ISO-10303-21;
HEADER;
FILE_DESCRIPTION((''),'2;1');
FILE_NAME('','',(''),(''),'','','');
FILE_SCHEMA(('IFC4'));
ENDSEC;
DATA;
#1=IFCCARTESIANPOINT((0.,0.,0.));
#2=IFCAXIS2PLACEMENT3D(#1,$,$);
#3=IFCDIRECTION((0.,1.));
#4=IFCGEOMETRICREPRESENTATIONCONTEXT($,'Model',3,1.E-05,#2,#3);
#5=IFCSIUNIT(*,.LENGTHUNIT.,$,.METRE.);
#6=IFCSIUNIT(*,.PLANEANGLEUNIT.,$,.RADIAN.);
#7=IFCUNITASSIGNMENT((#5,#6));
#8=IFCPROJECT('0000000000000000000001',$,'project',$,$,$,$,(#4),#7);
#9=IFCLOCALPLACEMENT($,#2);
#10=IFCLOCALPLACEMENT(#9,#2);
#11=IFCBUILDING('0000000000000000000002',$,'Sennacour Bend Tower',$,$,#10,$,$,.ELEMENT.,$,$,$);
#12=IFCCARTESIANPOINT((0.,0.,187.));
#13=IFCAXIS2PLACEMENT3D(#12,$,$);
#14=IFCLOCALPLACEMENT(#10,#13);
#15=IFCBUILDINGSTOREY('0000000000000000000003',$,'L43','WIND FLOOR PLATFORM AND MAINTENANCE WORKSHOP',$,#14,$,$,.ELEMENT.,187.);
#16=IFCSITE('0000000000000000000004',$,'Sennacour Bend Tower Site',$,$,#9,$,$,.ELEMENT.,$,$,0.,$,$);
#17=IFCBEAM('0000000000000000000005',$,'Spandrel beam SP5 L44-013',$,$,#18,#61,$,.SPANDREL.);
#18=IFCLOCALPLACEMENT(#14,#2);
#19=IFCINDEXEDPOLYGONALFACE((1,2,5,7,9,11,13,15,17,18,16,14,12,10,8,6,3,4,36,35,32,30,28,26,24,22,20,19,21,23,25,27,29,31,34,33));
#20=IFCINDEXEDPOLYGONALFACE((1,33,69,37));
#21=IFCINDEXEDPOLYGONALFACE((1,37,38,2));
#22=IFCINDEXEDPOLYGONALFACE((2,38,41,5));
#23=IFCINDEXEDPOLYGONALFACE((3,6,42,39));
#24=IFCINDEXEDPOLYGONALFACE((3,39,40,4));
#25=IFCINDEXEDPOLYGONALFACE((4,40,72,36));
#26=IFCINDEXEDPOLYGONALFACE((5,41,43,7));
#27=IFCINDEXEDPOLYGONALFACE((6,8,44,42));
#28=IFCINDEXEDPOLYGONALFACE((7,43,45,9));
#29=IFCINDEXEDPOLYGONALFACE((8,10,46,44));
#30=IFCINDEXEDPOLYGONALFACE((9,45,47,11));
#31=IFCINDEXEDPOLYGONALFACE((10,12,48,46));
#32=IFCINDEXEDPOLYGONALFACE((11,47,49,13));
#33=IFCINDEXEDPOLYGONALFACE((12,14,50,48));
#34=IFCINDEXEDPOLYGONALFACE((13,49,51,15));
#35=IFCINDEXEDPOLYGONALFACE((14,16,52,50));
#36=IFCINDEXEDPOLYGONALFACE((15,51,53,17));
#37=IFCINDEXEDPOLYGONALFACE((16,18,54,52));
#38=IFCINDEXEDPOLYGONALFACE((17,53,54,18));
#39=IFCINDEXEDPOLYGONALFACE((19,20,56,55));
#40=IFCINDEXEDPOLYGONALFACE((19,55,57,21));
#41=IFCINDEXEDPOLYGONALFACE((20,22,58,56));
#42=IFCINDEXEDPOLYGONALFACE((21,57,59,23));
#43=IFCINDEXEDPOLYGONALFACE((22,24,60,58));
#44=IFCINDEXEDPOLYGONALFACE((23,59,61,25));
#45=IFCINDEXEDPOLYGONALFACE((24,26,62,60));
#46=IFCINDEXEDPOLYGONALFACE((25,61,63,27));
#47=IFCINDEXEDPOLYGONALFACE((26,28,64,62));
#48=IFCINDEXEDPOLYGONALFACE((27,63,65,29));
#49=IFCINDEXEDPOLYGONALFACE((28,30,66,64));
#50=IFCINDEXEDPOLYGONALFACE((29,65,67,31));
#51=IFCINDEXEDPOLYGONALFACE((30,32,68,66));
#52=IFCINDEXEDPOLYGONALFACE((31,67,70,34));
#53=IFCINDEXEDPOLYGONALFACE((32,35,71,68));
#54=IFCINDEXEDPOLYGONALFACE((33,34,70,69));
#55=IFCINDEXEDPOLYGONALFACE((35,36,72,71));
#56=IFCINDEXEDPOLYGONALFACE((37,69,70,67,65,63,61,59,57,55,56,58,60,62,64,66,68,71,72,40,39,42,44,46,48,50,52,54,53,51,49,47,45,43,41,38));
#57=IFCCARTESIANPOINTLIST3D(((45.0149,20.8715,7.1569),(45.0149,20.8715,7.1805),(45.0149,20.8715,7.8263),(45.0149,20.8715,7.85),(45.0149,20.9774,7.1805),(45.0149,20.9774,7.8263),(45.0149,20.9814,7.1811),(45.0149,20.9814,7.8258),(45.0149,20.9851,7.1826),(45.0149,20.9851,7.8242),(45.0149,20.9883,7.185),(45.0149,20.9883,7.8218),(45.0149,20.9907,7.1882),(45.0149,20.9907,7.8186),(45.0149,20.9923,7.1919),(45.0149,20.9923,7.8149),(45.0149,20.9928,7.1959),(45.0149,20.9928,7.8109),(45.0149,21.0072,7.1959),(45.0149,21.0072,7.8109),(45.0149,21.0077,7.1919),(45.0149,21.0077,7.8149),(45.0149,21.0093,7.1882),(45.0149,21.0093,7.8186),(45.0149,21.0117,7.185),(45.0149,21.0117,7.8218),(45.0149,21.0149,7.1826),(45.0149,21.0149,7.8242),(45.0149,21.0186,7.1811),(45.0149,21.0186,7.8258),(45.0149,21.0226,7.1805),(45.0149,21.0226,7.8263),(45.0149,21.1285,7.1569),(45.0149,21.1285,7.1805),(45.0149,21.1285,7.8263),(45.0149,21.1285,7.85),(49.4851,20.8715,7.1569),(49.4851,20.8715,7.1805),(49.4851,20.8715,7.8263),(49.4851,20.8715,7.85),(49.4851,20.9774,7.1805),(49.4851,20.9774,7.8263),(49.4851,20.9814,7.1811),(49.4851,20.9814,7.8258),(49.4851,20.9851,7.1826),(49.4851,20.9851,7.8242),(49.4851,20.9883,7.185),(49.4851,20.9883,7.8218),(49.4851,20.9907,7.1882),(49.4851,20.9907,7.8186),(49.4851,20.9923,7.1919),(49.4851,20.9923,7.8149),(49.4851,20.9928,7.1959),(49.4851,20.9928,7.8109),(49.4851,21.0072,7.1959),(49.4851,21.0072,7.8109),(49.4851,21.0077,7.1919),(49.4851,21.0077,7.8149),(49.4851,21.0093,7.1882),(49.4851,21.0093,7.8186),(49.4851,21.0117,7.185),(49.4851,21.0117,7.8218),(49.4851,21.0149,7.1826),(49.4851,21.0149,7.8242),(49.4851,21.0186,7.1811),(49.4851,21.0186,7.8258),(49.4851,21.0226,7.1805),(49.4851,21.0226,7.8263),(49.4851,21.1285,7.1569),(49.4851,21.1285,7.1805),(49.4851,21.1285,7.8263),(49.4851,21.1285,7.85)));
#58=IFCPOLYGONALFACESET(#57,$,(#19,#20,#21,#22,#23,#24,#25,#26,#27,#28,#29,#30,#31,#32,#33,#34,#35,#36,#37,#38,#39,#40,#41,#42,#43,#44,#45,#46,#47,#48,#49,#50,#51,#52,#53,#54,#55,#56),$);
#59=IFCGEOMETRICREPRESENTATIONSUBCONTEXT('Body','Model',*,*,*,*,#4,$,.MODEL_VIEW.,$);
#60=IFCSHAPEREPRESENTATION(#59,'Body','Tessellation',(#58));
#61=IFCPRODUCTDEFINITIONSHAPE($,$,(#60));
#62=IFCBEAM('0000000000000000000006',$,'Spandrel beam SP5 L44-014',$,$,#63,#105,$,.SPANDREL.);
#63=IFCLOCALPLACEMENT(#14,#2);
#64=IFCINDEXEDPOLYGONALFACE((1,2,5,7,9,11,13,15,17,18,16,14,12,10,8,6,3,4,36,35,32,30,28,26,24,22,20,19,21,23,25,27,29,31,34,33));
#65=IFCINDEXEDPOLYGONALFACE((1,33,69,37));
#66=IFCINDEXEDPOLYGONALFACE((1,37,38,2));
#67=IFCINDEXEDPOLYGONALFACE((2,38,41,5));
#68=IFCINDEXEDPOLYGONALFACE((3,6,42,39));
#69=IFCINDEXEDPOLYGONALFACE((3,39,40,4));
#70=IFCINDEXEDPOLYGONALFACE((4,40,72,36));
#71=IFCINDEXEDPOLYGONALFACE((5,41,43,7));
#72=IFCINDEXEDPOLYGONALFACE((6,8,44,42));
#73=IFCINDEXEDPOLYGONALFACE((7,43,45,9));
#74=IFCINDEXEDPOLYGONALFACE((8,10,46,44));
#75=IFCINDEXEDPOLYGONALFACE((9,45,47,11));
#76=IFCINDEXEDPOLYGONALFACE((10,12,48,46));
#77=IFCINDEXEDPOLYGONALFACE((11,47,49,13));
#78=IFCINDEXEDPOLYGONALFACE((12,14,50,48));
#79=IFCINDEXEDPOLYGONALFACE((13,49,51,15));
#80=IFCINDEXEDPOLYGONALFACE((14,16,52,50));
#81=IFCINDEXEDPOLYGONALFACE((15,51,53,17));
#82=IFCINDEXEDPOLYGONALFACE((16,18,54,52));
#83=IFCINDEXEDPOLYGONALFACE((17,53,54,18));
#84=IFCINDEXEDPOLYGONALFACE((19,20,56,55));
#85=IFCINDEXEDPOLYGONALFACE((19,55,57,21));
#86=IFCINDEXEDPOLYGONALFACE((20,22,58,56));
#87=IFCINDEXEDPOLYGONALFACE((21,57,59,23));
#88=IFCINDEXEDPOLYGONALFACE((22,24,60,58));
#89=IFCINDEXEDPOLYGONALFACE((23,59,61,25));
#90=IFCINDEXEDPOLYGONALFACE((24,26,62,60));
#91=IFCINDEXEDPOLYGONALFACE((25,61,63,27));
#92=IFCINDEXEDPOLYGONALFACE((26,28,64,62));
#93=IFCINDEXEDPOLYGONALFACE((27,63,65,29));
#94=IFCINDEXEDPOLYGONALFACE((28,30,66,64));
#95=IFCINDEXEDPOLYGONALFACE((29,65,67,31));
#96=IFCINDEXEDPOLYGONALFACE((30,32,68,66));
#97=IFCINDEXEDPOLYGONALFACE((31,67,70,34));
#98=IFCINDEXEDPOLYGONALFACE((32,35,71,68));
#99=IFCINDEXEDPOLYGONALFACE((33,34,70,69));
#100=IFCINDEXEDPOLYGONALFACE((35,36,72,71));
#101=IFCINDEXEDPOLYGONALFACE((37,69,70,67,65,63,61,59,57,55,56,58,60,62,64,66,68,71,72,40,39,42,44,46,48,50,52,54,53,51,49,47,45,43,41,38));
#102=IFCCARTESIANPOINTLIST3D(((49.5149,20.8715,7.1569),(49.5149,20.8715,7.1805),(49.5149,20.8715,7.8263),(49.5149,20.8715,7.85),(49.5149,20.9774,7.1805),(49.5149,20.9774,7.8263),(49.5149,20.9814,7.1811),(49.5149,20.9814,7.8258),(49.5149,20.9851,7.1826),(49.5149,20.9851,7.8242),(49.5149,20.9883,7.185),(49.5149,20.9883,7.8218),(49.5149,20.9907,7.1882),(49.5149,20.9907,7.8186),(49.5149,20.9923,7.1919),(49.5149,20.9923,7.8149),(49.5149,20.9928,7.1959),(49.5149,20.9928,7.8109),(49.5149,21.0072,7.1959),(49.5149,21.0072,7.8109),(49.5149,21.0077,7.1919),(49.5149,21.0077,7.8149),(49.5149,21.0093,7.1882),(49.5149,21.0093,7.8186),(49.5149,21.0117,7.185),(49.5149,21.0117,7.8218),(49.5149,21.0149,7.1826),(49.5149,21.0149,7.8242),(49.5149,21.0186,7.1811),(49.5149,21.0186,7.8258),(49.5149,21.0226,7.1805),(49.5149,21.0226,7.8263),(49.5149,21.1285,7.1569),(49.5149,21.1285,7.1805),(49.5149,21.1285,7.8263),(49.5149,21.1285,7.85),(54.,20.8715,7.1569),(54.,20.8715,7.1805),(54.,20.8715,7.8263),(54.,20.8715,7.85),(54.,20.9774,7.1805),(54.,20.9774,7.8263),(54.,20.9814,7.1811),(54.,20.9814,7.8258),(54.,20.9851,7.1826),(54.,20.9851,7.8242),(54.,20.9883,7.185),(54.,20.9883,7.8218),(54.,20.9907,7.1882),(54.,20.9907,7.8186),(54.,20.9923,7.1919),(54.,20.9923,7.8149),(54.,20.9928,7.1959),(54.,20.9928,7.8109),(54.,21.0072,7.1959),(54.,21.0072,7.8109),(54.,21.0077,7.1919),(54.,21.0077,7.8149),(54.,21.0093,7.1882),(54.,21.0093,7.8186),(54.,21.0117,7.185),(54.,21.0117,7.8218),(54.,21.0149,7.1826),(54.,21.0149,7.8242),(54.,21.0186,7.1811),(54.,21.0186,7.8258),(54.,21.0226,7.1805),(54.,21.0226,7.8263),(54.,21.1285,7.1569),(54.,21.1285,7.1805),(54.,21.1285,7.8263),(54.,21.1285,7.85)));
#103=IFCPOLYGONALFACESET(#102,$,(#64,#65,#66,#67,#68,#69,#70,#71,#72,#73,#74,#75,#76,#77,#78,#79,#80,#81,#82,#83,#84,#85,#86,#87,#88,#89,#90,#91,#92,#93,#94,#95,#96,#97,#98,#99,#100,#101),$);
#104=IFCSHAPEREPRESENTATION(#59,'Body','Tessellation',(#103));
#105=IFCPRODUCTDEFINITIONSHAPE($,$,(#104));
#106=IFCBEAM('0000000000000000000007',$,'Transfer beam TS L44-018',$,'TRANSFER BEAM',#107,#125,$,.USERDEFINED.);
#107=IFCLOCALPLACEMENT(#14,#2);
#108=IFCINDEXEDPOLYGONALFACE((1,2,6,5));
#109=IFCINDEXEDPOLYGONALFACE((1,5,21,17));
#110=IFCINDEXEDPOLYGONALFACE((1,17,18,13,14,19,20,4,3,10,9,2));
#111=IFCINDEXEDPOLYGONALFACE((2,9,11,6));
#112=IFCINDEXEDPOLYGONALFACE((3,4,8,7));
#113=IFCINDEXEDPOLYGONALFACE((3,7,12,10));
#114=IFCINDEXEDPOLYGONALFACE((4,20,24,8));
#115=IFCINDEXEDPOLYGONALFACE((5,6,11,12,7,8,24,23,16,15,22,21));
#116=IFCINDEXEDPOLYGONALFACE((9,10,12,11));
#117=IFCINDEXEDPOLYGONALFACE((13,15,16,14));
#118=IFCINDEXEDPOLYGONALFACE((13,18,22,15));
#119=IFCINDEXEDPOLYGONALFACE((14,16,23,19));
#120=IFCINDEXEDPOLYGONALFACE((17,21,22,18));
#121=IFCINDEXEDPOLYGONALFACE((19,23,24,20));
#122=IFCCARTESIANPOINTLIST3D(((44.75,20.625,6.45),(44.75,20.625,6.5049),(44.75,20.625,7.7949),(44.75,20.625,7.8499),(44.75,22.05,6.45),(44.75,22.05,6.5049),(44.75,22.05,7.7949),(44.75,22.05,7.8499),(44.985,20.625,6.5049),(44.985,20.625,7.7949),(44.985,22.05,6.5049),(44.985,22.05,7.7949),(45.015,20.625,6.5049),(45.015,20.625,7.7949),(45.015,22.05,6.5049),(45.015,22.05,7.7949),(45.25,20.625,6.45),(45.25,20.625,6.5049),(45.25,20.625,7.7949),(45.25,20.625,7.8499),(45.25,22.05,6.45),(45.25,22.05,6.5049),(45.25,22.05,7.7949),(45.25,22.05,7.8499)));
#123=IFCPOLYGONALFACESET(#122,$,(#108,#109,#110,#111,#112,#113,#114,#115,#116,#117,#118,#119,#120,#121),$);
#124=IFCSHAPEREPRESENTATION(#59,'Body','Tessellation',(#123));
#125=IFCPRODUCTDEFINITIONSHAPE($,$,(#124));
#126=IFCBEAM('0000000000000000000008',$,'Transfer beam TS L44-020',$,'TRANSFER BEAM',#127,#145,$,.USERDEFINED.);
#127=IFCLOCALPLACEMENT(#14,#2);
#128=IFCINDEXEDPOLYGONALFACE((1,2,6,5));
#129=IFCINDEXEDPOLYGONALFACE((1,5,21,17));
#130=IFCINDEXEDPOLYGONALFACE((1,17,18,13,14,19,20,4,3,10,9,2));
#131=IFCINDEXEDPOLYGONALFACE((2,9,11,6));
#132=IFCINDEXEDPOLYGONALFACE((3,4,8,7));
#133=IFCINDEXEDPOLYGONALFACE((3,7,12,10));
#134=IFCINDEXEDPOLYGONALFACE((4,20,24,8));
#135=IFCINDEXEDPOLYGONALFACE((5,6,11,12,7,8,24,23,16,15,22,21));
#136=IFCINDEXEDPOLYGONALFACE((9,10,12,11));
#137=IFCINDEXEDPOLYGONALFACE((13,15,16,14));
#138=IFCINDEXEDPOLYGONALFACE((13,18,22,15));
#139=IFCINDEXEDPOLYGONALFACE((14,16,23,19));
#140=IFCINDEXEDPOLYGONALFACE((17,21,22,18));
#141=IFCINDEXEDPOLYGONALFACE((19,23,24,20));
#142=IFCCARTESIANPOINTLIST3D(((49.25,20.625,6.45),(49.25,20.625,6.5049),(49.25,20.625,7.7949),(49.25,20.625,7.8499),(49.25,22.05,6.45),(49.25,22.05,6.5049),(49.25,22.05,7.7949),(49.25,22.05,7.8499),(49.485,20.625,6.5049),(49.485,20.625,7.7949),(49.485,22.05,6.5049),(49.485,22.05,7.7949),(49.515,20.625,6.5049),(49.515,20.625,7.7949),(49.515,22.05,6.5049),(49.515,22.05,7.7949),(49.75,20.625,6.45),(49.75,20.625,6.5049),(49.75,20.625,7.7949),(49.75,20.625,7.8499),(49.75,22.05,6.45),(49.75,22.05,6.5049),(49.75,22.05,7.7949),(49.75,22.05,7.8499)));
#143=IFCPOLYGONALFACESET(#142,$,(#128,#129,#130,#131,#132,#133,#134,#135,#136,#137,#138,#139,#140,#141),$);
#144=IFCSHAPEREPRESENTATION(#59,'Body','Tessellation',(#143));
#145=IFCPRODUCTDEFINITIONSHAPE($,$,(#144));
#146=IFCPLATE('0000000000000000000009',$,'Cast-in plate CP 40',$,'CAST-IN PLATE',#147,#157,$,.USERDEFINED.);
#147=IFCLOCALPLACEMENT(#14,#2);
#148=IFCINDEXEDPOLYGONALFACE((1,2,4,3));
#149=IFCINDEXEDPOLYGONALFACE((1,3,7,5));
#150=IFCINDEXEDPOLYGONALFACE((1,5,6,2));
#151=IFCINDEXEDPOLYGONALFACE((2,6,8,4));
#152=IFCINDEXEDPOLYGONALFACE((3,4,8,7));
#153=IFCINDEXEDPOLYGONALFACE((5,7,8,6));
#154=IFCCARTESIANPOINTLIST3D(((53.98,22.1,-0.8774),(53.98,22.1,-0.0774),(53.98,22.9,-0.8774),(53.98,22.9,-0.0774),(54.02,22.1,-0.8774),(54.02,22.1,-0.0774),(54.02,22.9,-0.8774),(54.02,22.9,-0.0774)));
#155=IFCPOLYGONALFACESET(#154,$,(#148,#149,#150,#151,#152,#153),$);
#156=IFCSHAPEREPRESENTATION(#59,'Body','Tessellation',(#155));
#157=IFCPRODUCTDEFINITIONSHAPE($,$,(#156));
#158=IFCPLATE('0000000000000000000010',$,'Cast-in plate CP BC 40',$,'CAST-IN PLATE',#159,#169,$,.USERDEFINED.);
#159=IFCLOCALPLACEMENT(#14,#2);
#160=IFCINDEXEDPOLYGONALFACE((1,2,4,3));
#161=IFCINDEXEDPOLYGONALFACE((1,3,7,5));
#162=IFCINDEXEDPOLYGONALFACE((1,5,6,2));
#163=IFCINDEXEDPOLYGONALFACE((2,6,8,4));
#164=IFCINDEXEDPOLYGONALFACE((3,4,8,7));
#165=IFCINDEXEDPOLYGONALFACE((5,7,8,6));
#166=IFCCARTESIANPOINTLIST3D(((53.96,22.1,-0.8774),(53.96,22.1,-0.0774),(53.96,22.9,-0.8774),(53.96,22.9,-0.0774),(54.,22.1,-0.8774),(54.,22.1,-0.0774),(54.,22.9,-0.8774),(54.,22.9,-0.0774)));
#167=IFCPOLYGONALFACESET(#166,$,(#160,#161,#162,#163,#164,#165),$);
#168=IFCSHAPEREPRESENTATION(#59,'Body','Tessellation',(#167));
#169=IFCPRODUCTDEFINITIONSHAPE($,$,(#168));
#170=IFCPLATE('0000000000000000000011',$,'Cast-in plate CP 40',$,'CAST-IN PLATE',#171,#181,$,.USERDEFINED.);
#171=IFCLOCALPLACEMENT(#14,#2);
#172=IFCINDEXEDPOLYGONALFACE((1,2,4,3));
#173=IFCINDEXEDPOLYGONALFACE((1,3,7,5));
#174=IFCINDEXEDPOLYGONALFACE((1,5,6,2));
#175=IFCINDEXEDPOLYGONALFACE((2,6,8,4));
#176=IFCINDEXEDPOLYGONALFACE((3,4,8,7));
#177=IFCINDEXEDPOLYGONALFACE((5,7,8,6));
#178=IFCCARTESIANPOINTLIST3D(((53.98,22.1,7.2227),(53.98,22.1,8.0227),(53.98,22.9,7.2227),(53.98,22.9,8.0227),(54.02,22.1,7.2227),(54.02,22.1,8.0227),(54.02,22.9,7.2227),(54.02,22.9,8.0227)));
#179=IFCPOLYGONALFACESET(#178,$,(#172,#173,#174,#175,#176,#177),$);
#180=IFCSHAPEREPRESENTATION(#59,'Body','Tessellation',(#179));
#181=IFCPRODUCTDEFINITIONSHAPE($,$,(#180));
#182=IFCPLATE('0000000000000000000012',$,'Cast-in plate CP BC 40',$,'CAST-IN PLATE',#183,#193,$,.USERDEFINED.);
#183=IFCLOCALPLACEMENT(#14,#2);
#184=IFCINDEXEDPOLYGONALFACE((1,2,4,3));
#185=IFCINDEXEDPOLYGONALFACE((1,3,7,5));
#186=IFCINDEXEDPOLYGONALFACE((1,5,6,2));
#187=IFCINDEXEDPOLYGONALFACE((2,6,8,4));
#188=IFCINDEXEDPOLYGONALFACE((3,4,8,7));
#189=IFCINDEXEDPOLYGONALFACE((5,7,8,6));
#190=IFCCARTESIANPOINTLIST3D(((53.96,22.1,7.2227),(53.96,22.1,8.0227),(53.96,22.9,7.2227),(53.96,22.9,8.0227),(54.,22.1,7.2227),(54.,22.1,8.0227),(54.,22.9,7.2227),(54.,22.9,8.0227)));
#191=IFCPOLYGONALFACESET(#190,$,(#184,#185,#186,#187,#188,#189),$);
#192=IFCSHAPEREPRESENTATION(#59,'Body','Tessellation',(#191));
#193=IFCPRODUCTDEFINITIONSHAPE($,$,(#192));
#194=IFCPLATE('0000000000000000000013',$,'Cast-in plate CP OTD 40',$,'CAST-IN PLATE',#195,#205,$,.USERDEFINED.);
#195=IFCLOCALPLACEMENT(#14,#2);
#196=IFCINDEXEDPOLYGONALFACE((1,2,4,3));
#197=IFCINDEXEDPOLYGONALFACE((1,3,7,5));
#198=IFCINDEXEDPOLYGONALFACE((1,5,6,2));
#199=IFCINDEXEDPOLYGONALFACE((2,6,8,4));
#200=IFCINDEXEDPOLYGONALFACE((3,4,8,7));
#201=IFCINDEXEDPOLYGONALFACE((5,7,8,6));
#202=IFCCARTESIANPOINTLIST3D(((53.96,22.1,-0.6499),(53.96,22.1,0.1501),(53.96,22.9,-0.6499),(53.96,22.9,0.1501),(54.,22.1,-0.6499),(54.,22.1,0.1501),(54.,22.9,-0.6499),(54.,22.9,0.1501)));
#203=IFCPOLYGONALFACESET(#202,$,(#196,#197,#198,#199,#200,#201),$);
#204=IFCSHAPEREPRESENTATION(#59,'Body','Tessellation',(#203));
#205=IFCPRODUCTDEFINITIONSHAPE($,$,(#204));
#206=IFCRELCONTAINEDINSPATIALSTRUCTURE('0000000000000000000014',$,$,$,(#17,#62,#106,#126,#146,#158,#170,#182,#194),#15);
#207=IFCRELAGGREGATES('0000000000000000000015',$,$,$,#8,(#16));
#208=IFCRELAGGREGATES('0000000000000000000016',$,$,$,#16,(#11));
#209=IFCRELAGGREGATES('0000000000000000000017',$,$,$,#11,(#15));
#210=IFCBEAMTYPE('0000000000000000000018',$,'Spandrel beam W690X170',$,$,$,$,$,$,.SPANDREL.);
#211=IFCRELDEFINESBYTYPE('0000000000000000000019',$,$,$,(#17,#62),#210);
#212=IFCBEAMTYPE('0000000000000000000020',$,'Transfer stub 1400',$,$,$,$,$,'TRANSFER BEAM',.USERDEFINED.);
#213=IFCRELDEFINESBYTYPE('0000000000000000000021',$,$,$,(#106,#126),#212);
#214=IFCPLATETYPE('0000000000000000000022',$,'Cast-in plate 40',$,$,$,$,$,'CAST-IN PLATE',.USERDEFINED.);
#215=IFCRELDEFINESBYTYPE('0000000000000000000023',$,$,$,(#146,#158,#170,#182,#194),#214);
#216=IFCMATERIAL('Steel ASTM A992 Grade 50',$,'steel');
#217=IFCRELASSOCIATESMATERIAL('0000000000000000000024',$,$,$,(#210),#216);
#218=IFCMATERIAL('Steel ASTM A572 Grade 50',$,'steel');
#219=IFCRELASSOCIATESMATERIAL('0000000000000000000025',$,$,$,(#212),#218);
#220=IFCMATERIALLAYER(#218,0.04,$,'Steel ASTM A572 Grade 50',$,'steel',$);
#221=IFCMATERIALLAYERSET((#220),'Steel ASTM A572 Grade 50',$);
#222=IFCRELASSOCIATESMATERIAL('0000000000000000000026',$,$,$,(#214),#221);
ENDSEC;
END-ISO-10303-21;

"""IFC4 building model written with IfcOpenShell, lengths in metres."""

from ifc_helpers import new_model, si_unit, direction, frame, origin, origin_2d, place, context, subcontext, project, spatial, rectangle, i_section, extrude, material, layer, layer_set, material_profile, profile_set, type_object, element, save


model = new_model("IFC4")

# Units and contexts
model_context = context("Model", 3, precision=1e-05, world=origin(), true_north=direction((0.0, 1.0)))
body_context = subcontext(model_context, "Body", "Model", "MODEL_VIEW")
ifc_project = project(units=[si_unit("LENGTHUNIT", "METRE"), si_unit("PLANEANGLEUNIT", "RADIAN")], contexts=[model_context])

# Site, building, storey
site_placement = place(None, origin())
site = spatial("IfcSite", under=ifc_project, at=site_placement, Name="Sennacour Bend Tower Site", CompositionType="ELEMENT", RefElevation=0.0)
building_placement = place(site_placement, origin())
building = spatial("IfcBuilding", under=site, at=building_placement, Name="Sennacour Bend Tower", CompositionType="ELEMENT")
storey_placement = place(building_placement, frame((0.0, 0.0, 187.0)))
storey = spatial("IfcBuildingStorey", under=building, at=storey_placement, Name="L43", Description="WIND FLOOR PLATFORM AND MAINTENANCE WORKSHOP", CompositionType="ELEMENT", Elevation=187.0)

# Shared definitions
ifc_material_1 = material(Name="Steel ASTM A572 Grade 50", Category="steel")

# Shared definitions
ifc_material_2 = material(Name="Steel ASTM A992 Grade 50", Category="steel")

# Beams
ifc_material_profile_1 = material_profile(ifc_material_2, i_section(OverallWidth=0.2571, OverallDepth=0.6931, WebThickness=0.0144, FlangeThickness=0.0237, FilletRadius=0.0154, at=origin_2d()), Name="Steel ASTM A992 Grade 50", Category="steel")
ifc_profile_set_1 = profile_set([ifc_material_profile_1], Name="Steel ASTM A992 Grade 50")
beam_type_1 = type_object("IfcBeamType", Name="Spandrel beam W690X170", PredefinedType="SPANDREL", material=ifc_profile_set_1)
beam_1_placement = place(storey_placement, frame((45.0149, 21.0, 7.5034), z_axis=(1.0, 0.0, 0.0), x_axis=(0.0, 1.0, 0.0)))
element("IfcBeam", 1, at=beam_1_placement, inside=storey, type_object=beam_type_1, Name="Spandrel beam SP5 L44-013", PredefinedType="SPANDREL", context=body_context, shape_type="SweptSolid", body=[
    extrude(i_section(OverallWidth=0.2571, OverallDepth=0.6931, WebThickness=0.0144, FlangeThickness=0.0237, FilletRadius=0.0154, at=origin_2d()), origin(), (0.0, 0.0, 1.0), 4.4702),
])
beam_2_placement = place(storey_placement, frame((49.5149, 21.0, 7.5034), z_axis=(1.0, 0.0, 0.0), x_axis=(0.0, 1.0, 0.0)))
element("IfcBeam", 2, at=beam_2_placement, inside=storey, type_object=beam_type_1, Name="Spandrel beam SP5 L44-014", PredefinedType="SPANDREL", context=body_context, shape_type="SweptSolid", body=[
    extrude(i_section(OverallWidth=0.2571, OverallDepth=0.6931, WebThickness=0.0144, FlangeThickness=0.0237, FilletRadius=0.0154, at=origin_2d()), origin(), (0.0, 0.0, 1.0), 4.4851),
])
ifc_material_profile_2 = material_profile(ifc_material_1, i_section(OverallWidth=0.5, OverallDepth=1.3999, WebThickness=0.03, FlangeThickness=0.0549, at=origin_2d()), Name="Steel ASTM A572 Grade 50", Category="steel")
ifc_profile_set_2 = profile_set([ifc_material_profile_2], Name="Steel ASTM A572 Grade 50")
beam_type_2 = type_object("IfcBeamType", Name="Transfer stub 1400", ElementType="TRANSFER BEAM", PredefinedType="USERDEFINED", material=ifc_profile_set_2)
for number, where, z_axis, x_axis, name in (
    (3, (45.0, 22.05, 7.1499), (0.0, -1.0, 0.0), (1.0, 0.0, 0.0), "Transfer beam TS L44-018"),
    (4, (49.5, 22.05, 7.1499), (0.0, -1.0, 0.0), (1.0, 0.0, 0.0), "Transfer beam TS L44-020"),
):
    element("IfcBeam", number, at=place(storey_placement, frame(where, z_axis=z_axis, x_axis=x_axis)), inside=storey, type_object=beam_type_2, Name=name, ObjectType="TRANSFER BEAM", PredefinedType="USERDEFINED", context=body_context, shape_type="SweptSolid", body=[
        extrude(i_section(OverallWidth=0.5, OverallDepth=1.3999, WebThickness=0.03, FlangeThickness=0.0549, at=origin_2d()), origin(), (0.0, 0.0, 1.0), 1.425),
    ])

# Plates
ifc_layer_1 = layer(ifc_material_1, 0.04, Name="Steel ASTM A572 Grade 50", Category="steel")
ifc_layer_set_1 = layer_set([ifc_layer_1], Name="Steel ASTM A572 Grade 50")
plate_type_1 = type_object("IfcPlateType", Name="Cast-in plate 40", ElementType="CAST-IN PLATE", PredefinedType="USERDEFINED", material=ifc_layer_set_1)
for number, where, z_axis, x_axis, name in (
    (5, (54.0, 22.5, -0.8774), (0.0, 0.0, 1.0), (1.0, 0.0, 0.0), "Cast-in plate CP 40"),
    (6, (53.98, 22.5, -0.8774), (0.0, 0.0, 1.0), (1.0, 0.0, 0.0), "Cast-in plate CP BC 40"),
    (7, (54.0, 22.5, 7.2227), (0.0, 0.0, 1.0), (1.0, 0.0, 0.0), "Cast-in plate CP 40"),
    (8, (53.98, 22.5, 7.2227), (0.0, 0.0, 1.0), (1.0, 0.0, 0.0), "Cast-in plate CP BC 40"),
    (9, (53.98, 22.5, -0.6499), (0.0, 0.0, 1.0), (1.0, 0.0, 0.0), "Cast-in plate CP OTD 40"),
):
    element("IfcPlate", number, at=place(storey_placement, frame(where, z_axis=z_axis, x_axis=x_axis)), inside=storey, type_object=plate_type_1, Name=name, ObjectType="CAST-IN PLATE", PredefinedType="USERDEFINED", context=body_context, shape_type="SweptSolid", body=[
        extrude(rectangle(XDim=0.04, YDim=0.8, at=origin_2d()), origin(), (0.0, 0.0, 1.0), 0.8),
    ])

save(model, "model.ifc")
